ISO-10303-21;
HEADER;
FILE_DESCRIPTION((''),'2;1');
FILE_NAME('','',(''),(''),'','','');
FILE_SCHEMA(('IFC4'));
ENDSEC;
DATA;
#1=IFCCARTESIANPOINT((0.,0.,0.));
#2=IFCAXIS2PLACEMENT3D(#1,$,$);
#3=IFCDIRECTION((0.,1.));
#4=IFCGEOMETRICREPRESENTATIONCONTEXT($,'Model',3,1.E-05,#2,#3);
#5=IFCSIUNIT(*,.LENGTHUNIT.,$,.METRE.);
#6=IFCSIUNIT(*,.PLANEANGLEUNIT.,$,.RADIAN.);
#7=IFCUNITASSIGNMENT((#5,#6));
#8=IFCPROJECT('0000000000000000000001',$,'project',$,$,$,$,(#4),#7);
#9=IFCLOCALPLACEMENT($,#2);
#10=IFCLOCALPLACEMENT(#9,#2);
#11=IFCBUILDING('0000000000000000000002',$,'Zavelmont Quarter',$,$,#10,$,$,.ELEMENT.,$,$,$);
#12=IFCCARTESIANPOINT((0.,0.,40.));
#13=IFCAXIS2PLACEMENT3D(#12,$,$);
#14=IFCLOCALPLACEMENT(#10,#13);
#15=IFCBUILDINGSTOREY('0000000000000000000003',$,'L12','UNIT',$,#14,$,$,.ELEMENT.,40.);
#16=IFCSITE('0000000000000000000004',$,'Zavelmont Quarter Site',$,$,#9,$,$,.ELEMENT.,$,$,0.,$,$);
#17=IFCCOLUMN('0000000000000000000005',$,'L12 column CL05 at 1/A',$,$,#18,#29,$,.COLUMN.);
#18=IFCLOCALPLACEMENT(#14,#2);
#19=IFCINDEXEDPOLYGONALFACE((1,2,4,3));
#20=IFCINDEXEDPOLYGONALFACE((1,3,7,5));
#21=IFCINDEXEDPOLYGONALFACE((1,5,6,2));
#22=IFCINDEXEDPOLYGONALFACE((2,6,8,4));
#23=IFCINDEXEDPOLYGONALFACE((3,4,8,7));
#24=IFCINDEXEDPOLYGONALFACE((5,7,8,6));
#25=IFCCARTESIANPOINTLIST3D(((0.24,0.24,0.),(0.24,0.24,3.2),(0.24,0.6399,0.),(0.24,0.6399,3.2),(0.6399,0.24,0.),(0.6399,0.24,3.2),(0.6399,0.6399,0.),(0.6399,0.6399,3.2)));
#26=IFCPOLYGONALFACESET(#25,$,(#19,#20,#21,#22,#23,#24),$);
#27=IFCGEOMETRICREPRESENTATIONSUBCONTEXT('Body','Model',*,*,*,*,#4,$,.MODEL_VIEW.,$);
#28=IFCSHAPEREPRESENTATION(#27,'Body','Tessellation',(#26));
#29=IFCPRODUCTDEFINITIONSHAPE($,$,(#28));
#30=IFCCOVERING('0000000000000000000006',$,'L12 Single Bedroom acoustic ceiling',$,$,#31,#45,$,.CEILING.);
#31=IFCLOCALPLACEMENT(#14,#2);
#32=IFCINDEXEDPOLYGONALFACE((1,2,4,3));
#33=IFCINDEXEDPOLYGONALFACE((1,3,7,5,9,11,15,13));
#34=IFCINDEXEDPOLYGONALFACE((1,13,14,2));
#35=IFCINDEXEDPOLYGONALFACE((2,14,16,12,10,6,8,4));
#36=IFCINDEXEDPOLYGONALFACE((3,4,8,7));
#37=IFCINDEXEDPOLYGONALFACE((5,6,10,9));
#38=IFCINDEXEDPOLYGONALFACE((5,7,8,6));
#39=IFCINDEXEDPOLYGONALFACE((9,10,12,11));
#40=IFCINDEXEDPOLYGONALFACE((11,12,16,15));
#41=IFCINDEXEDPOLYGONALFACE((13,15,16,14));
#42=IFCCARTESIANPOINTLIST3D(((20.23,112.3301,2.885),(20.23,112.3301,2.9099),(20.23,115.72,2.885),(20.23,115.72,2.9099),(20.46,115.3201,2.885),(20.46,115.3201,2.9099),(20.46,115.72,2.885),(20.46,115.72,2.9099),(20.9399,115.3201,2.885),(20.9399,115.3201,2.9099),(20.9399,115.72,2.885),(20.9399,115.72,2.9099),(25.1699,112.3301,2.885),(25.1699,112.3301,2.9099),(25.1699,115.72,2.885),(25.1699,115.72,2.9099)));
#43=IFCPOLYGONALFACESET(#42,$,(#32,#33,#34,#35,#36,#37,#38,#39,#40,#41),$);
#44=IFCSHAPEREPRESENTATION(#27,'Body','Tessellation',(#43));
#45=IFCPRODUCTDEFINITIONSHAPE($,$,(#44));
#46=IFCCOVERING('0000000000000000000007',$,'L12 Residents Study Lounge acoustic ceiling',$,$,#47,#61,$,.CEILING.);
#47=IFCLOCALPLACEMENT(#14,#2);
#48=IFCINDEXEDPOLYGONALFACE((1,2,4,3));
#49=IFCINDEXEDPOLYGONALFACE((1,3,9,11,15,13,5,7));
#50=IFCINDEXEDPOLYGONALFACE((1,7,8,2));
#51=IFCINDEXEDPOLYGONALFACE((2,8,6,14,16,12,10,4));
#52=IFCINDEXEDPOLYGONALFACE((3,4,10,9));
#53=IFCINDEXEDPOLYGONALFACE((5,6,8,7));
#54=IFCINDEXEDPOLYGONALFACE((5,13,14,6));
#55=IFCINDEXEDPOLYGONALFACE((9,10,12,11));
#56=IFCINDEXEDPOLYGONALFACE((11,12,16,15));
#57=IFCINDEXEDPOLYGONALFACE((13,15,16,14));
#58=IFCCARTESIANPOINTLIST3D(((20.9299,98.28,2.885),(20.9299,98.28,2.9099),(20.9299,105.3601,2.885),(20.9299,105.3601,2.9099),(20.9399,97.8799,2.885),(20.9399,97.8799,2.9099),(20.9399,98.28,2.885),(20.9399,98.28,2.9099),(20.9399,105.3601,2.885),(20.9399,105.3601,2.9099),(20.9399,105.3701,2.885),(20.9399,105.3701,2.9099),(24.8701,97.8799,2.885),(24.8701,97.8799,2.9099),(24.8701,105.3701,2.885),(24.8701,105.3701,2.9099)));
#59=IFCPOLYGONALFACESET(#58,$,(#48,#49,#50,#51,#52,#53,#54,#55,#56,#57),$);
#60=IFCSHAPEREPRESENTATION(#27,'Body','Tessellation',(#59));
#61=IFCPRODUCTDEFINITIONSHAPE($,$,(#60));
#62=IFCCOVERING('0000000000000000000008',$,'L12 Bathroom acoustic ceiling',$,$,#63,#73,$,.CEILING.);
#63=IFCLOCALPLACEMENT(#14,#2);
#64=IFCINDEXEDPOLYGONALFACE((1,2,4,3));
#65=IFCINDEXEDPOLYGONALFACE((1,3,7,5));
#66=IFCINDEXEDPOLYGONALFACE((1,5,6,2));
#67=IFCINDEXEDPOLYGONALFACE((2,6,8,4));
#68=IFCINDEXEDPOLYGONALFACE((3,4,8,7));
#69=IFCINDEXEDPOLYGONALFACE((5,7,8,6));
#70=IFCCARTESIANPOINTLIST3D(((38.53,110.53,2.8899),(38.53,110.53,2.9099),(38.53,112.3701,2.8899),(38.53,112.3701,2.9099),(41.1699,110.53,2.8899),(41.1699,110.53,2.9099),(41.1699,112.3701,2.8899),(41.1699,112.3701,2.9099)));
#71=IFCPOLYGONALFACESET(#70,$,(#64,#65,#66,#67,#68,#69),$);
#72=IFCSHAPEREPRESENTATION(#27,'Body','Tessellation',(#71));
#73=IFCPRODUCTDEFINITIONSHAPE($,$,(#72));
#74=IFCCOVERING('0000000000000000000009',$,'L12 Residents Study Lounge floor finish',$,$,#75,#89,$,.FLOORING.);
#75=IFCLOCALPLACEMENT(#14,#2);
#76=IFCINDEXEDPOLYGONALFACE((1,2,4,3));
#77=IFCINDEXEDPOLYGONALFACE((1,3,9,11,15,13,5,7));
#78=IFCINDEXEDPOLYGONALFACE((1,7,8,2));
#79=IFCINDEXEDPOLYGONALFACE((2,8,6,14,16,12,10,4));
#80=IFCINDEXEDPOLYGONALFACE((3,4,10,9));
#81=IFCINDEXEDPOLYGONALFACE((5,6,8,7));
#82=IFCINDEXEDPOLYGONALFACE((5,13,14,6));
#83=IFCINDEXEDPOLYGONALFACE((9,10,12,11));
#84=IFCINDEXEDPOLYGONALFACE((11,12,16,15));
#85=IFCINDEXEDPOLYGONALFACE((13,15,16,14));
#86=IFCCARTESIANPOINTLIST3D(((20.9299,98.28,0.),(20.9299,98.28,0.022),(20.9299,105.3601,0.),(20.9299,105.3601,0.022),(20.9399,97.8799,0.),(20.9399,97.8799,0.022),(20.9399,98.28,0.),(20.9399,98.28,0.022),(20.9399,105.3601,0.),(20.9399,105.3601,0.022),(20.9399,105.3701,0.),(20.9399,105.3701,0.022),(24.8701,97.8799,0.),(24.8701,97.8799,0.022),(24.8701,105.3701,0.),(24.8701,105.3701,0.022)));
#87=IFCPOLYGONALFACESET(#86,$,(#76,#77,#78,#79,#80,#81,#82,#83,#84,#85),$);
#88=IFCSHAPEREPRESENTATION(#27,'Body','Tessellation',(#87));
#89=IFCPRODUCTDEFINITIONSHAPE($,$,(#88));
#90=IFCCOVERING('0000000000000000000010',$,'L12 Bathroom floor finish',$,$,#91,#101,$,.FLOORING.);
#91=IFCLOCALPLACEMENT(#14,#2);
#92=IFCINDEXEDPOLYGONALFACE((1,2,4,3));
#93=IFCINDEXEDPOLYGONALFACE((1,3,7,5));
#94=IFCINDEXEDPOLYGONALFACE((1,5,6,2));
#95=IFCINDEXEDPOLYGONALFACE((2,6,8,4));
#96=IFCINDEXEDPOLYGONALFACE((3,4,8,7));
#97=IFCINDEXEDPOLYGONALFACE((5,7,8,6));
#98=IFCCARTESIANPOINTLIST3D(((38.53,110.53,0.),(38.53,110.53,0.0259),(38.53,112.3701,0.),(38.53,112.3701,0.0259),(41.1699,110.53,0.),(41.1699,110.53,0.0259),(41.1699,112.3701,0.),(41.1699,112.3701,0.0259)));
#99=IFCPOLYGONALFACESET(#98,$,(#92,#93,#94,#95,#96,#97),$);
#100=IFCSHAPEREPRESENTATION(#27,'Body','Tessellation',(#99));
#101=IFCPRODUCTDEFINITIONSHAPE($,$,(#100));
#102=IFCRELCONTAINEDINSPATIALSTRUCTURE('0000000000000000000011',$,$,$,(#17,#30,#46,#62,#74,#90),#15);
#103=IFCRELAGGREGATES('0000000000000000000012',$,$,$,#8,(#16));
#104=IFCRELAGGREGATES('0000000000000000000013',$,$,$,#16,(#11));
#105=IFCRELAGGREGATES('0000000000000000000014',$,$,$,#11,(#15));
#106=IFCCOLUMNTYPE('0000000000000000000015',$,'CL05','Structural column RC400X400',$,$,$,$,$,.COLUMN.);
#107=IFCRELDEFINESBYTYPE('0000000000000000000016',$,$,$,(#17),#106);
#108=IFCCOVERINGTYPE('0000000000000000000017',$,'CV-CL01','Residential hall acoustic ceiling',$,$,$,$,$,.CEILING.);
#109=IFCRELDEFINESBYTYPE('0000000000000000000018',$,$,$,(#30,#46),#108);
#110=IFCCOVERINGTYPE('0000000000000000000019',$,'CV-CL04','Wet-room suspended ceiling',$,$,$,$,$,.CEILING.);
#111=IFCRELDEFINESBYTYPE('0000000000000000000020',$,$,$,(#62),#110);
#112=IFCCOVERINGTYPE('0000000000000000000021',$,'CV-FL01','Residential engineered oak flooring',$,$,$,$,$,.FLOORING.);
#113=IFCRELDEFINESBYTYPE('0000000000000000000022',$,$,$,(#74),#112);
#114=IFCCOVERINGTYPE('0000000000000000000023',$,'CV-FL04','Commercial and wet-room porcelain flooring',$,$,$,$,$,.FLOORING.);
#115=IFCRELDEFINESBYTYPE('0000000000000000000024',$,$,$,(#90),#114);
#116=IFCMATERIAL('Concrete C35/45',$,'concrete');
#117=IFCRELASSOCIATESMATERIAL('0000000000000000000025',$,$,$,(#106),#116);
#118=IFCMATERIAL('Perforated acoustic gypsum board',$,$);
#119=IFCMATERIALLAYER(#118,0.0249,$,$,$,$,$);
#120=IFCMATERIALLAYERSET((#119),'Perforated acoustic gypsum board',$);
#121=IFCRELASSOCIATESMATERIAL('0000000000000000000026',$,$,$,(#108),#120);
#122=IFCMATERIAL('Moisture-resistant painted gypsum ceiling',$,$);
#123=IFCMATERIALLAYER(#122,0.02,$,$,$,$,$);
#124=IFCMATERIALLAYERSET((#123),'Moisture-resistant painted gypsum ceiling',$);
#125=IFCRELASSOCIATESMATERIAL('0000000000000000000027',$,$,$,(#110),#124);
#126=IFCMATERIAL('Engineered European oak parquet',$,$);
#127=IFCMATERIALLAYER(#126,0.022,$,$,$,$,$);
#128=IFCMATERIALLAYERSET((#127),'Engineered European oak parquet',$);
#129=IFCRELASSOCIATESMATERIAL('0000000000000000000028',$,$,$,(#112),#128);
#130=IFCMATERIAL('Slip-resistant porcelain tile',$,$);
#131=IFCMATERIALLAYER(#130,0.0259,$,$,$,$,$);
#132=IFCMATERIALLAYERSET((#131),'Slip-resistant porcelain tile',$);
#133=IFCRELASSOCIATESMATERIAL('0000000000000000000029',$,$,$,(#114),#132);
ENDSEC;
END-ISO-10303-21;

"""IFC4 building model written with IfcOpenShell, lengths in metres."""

from ifc_helpers import new_model, si_unit, direction, frame, origin, origin_2d, place, context, subcontext, project, spatial, polyline, rectangle, outline, extrude, material, layer, layer_set, material_profile, profile_set, type_object, element, save


model = new_model("IFC4")

# Units and contexts
model_context = context("Model", 3, precision=1e-05, world=origin(), true_north=direction((0.0, 1.0)))
body_context = subcontext(model_context, "Body", "Model", "MODEL_VIEW")
ifc_project = project(units=[si_unit("LENGTHUNIT", "METRE"), si_unit("PLANEANGLEUNIT", "RADIAN")], contexts=[model_context])

# Site, building, storey
site_placement = place(None, origin())
site = spatial("IfcSite", under=ifc_project, at=site_placement, Name="Zavelmont Quarter Site", CompositionType="ELEMENT", RefElevation=0.0)
building_placement = place(site_placement, origin())
building = spatial("IfcBuilding", under=site, at=building_placement, Name="Zavelmont Quarter", CompositionType="ELEMENT")
storey_placement = place(building_placement, frame((0.0, 0.0, 40.0)))
storey = spatial("IfcBuildingStorey", under=building, at=storey_placement, Name="L12", Description="UNIT", CompositionType="ELEMENT", Elevation=40.0)

# Column
ifc_material_1 = material(Name="Concrete C35/45", Category="concrete")
ifc_material_profile = material_profile(ifc_material_1, rectangle(XDim=0.3999, YDim=0.3999, at=origin_2d()), Name="RC400X400")
ifc_profile_set = profile_set([ifc_material_profile], Name="Concrete C35/45")
column_type = type_object("IfcColumnType", Name="CL05", Description="Structural column RC400X400", PredefinedType="COLUMN", material=ifc_profile_set)
column_placement = place(storey_placement, frame((0.4399, 0.4399, 0.0), z_axis=(0.0, 0.0, 1.0), x_axis=(1.0, 0.0, 0.0)))
element("IfcColumn", 1, at=column_placement, inside=storey, type_object=column_type, Name="L12 column CL05 at 1/A", PredefinedType="COLUMN", context=body_context, shape_type="SweptSolid", body=[
    extrude(rectangle(XDim=0.3999, YDim=0.3999, at=origin_2d()), origin(), (0.0, 0.0, 1.0), 3.2),
])

# Coverings
ifc_material_2 = material(Name="Perforated acoustic gypsum board")
ifc_layer_1 = layer(ifc_material_2, 0.0249)
ifc_layer_set_1 = layer_set([ifc_layer_1], Name="Perforated acoustic gypsum board")
covering_type_1 = type_object("IfcCoveringType", Name="CV-CL01", Description="Residential hall acoustic ceiling", PredefinedType="CEILING", material=ifc_layer_set_1)
covering_1_placement = place(storey_placement, frame((0.0, 0.0, 2.885)))
element("IfcCovering", 2, at=covering_1_placement, inside=storey, type_object=covering_type_1, Name="L12 Single Bedroom acoustic ceiling", PredefinedType="CEILING", context=body_context, shape_type="SweptSolid", body=[
    extrude(outline(polyline([(20.23, 115.72), (20.46, 115.72), (20.46, 115.3201), (20.9399, 115.3201), (20.9399, 115.72), (25.1699, 115.72), (25.1699, 112.3301), (20.23, 112.3301), (20.23, 115.72)])), origin(), (0.0, 0.0, 1.0), 0.0249),
])
covering_2_placement = place(storey_placement, frame((0.0, 0.0, 2.885)))
element("IfcCovering", 3, at=covering_2_placement, inside=storey, type_object=covering_type_1, Name="L12 Residents Study Lounge acoustic ceiling", PredefinedType="CEILING", context=body_context, shape_type="SweptSolid", body=[
    extrude(outline(polyline([(20.9299, 105.3601), (20.9399, 105.3601), (20.9399, 105.3701), (24.8701, 105.3701), (24.8701, 97.8799), (20.9399, 97.8799), (20.9399, 98.28), (20.9299, 98.28), (20.9299, 105.3601)])), origin(), (0.0, 0.0, 1.0), 0.0249),
])
ifc_material_3 = material(Name="Moisture-resistant painted gypsum ceiling")
ifc_layer_2 = layer(ifc_material_3, 0.02)
ifc_layer_set_2 = layer_set([ifc_layer_2], Name="Moisture-resistant painted gypsum ceiling")
covering_type_2 = type_object("IfcCoveringType", Name="CV-CL04", Description="Wet-room suspended ceiling", PredefinedType="CEILING", material=ifc_layer_set_2)
covering_3_placement = place(storey_placement, frame((0.0, 0.0, 2.8899)))
element("IfcCovering", 4, at=covering_3_placement, inside=storey, type_object=covering_type_2, Name="L12 Bathroom acoustic ceiling", PredefinedType="CEILING", context=body_context, shape_type="SweptSolid", body=[
    extrude(outline(polyline([(38.53, 112.3701), (41.1699, 112.3701), (41.1699, 110.53), (38.53, 110.53), (38.53, 112.3701)])), origin(), (0.0, 0.0, 1.0), 0.02),
])
ifc_material_4 = material(Name="Engineered European oak parquet")
ifc_layer_3 = layer(ifc_material_4, 0.022)
ifc_layer_set_3 = layer_set([ifc_layer_3], Name="Engineered European oak parquet")
covering_type_3 = type_object("IfcCoveringType", Name="CV-FL01", Description="Residential engineered oak flooring", PredefinedType="FLOORING", material=ifc_layer_set_3)
covering_4_placement = place(storey_placement, origin())
element("IfcCovering", 5, at=covering_4_placement, inside=storey, type_object=covering_type_3, Name="L12 Residents Study Lounge floor finish", PredefinedType="FLOORING", context=body_context, shape_type="SweptSolid", body=[
    extrude(outline(polyline([(20.9299, 105.3601), (20.9399, 105.3601), (20.9399, 105.3701), (24.8701, 105.3701), (24.8701, 97.8799), (20.9399, 97.8799), (20.9399, 98.28), (20.9299, 98.28), (20.9299, 105.3601)])), origin(), (0.0, 0.0, 1.0), 0.022),
])
ifc_material_5 = material(Name="Slip-resistant porcelain tile")
ifc_layer_4 = layer(ifc_material_5, 0.0259)
ifc_layer_set_4 = layer_set([ifc_layer_4], Name="Slip-resistant porcelain tile")
covering_type_4 = type_object("IfcCoveringType", Name="CV-FL04", Description="Commercial and wet-room porcelain flooring", PredefinedType="FLOORING", material=ifc_layer_set_4)
covering_5_placement = place(storey_placement, origin())
element("IfcCovering", 6, at=covering_5_placement, inside=storey, type_object=covering_type_4, Name="L12 Bathroom floor finish", PredefinedType="FLOORING", context=body_context, shape_type="SweptSolid", body=[
    extrude(outline(polyline([(38.53, 112.3701), (41.1699, 112.3701), (41.1699, 110.53), (38.53, 110.53), (38.53, 112.3701)])), origin(), (0.0, 0.0, 1.0), 0.0259),
])

save(model, "model.ifc")
